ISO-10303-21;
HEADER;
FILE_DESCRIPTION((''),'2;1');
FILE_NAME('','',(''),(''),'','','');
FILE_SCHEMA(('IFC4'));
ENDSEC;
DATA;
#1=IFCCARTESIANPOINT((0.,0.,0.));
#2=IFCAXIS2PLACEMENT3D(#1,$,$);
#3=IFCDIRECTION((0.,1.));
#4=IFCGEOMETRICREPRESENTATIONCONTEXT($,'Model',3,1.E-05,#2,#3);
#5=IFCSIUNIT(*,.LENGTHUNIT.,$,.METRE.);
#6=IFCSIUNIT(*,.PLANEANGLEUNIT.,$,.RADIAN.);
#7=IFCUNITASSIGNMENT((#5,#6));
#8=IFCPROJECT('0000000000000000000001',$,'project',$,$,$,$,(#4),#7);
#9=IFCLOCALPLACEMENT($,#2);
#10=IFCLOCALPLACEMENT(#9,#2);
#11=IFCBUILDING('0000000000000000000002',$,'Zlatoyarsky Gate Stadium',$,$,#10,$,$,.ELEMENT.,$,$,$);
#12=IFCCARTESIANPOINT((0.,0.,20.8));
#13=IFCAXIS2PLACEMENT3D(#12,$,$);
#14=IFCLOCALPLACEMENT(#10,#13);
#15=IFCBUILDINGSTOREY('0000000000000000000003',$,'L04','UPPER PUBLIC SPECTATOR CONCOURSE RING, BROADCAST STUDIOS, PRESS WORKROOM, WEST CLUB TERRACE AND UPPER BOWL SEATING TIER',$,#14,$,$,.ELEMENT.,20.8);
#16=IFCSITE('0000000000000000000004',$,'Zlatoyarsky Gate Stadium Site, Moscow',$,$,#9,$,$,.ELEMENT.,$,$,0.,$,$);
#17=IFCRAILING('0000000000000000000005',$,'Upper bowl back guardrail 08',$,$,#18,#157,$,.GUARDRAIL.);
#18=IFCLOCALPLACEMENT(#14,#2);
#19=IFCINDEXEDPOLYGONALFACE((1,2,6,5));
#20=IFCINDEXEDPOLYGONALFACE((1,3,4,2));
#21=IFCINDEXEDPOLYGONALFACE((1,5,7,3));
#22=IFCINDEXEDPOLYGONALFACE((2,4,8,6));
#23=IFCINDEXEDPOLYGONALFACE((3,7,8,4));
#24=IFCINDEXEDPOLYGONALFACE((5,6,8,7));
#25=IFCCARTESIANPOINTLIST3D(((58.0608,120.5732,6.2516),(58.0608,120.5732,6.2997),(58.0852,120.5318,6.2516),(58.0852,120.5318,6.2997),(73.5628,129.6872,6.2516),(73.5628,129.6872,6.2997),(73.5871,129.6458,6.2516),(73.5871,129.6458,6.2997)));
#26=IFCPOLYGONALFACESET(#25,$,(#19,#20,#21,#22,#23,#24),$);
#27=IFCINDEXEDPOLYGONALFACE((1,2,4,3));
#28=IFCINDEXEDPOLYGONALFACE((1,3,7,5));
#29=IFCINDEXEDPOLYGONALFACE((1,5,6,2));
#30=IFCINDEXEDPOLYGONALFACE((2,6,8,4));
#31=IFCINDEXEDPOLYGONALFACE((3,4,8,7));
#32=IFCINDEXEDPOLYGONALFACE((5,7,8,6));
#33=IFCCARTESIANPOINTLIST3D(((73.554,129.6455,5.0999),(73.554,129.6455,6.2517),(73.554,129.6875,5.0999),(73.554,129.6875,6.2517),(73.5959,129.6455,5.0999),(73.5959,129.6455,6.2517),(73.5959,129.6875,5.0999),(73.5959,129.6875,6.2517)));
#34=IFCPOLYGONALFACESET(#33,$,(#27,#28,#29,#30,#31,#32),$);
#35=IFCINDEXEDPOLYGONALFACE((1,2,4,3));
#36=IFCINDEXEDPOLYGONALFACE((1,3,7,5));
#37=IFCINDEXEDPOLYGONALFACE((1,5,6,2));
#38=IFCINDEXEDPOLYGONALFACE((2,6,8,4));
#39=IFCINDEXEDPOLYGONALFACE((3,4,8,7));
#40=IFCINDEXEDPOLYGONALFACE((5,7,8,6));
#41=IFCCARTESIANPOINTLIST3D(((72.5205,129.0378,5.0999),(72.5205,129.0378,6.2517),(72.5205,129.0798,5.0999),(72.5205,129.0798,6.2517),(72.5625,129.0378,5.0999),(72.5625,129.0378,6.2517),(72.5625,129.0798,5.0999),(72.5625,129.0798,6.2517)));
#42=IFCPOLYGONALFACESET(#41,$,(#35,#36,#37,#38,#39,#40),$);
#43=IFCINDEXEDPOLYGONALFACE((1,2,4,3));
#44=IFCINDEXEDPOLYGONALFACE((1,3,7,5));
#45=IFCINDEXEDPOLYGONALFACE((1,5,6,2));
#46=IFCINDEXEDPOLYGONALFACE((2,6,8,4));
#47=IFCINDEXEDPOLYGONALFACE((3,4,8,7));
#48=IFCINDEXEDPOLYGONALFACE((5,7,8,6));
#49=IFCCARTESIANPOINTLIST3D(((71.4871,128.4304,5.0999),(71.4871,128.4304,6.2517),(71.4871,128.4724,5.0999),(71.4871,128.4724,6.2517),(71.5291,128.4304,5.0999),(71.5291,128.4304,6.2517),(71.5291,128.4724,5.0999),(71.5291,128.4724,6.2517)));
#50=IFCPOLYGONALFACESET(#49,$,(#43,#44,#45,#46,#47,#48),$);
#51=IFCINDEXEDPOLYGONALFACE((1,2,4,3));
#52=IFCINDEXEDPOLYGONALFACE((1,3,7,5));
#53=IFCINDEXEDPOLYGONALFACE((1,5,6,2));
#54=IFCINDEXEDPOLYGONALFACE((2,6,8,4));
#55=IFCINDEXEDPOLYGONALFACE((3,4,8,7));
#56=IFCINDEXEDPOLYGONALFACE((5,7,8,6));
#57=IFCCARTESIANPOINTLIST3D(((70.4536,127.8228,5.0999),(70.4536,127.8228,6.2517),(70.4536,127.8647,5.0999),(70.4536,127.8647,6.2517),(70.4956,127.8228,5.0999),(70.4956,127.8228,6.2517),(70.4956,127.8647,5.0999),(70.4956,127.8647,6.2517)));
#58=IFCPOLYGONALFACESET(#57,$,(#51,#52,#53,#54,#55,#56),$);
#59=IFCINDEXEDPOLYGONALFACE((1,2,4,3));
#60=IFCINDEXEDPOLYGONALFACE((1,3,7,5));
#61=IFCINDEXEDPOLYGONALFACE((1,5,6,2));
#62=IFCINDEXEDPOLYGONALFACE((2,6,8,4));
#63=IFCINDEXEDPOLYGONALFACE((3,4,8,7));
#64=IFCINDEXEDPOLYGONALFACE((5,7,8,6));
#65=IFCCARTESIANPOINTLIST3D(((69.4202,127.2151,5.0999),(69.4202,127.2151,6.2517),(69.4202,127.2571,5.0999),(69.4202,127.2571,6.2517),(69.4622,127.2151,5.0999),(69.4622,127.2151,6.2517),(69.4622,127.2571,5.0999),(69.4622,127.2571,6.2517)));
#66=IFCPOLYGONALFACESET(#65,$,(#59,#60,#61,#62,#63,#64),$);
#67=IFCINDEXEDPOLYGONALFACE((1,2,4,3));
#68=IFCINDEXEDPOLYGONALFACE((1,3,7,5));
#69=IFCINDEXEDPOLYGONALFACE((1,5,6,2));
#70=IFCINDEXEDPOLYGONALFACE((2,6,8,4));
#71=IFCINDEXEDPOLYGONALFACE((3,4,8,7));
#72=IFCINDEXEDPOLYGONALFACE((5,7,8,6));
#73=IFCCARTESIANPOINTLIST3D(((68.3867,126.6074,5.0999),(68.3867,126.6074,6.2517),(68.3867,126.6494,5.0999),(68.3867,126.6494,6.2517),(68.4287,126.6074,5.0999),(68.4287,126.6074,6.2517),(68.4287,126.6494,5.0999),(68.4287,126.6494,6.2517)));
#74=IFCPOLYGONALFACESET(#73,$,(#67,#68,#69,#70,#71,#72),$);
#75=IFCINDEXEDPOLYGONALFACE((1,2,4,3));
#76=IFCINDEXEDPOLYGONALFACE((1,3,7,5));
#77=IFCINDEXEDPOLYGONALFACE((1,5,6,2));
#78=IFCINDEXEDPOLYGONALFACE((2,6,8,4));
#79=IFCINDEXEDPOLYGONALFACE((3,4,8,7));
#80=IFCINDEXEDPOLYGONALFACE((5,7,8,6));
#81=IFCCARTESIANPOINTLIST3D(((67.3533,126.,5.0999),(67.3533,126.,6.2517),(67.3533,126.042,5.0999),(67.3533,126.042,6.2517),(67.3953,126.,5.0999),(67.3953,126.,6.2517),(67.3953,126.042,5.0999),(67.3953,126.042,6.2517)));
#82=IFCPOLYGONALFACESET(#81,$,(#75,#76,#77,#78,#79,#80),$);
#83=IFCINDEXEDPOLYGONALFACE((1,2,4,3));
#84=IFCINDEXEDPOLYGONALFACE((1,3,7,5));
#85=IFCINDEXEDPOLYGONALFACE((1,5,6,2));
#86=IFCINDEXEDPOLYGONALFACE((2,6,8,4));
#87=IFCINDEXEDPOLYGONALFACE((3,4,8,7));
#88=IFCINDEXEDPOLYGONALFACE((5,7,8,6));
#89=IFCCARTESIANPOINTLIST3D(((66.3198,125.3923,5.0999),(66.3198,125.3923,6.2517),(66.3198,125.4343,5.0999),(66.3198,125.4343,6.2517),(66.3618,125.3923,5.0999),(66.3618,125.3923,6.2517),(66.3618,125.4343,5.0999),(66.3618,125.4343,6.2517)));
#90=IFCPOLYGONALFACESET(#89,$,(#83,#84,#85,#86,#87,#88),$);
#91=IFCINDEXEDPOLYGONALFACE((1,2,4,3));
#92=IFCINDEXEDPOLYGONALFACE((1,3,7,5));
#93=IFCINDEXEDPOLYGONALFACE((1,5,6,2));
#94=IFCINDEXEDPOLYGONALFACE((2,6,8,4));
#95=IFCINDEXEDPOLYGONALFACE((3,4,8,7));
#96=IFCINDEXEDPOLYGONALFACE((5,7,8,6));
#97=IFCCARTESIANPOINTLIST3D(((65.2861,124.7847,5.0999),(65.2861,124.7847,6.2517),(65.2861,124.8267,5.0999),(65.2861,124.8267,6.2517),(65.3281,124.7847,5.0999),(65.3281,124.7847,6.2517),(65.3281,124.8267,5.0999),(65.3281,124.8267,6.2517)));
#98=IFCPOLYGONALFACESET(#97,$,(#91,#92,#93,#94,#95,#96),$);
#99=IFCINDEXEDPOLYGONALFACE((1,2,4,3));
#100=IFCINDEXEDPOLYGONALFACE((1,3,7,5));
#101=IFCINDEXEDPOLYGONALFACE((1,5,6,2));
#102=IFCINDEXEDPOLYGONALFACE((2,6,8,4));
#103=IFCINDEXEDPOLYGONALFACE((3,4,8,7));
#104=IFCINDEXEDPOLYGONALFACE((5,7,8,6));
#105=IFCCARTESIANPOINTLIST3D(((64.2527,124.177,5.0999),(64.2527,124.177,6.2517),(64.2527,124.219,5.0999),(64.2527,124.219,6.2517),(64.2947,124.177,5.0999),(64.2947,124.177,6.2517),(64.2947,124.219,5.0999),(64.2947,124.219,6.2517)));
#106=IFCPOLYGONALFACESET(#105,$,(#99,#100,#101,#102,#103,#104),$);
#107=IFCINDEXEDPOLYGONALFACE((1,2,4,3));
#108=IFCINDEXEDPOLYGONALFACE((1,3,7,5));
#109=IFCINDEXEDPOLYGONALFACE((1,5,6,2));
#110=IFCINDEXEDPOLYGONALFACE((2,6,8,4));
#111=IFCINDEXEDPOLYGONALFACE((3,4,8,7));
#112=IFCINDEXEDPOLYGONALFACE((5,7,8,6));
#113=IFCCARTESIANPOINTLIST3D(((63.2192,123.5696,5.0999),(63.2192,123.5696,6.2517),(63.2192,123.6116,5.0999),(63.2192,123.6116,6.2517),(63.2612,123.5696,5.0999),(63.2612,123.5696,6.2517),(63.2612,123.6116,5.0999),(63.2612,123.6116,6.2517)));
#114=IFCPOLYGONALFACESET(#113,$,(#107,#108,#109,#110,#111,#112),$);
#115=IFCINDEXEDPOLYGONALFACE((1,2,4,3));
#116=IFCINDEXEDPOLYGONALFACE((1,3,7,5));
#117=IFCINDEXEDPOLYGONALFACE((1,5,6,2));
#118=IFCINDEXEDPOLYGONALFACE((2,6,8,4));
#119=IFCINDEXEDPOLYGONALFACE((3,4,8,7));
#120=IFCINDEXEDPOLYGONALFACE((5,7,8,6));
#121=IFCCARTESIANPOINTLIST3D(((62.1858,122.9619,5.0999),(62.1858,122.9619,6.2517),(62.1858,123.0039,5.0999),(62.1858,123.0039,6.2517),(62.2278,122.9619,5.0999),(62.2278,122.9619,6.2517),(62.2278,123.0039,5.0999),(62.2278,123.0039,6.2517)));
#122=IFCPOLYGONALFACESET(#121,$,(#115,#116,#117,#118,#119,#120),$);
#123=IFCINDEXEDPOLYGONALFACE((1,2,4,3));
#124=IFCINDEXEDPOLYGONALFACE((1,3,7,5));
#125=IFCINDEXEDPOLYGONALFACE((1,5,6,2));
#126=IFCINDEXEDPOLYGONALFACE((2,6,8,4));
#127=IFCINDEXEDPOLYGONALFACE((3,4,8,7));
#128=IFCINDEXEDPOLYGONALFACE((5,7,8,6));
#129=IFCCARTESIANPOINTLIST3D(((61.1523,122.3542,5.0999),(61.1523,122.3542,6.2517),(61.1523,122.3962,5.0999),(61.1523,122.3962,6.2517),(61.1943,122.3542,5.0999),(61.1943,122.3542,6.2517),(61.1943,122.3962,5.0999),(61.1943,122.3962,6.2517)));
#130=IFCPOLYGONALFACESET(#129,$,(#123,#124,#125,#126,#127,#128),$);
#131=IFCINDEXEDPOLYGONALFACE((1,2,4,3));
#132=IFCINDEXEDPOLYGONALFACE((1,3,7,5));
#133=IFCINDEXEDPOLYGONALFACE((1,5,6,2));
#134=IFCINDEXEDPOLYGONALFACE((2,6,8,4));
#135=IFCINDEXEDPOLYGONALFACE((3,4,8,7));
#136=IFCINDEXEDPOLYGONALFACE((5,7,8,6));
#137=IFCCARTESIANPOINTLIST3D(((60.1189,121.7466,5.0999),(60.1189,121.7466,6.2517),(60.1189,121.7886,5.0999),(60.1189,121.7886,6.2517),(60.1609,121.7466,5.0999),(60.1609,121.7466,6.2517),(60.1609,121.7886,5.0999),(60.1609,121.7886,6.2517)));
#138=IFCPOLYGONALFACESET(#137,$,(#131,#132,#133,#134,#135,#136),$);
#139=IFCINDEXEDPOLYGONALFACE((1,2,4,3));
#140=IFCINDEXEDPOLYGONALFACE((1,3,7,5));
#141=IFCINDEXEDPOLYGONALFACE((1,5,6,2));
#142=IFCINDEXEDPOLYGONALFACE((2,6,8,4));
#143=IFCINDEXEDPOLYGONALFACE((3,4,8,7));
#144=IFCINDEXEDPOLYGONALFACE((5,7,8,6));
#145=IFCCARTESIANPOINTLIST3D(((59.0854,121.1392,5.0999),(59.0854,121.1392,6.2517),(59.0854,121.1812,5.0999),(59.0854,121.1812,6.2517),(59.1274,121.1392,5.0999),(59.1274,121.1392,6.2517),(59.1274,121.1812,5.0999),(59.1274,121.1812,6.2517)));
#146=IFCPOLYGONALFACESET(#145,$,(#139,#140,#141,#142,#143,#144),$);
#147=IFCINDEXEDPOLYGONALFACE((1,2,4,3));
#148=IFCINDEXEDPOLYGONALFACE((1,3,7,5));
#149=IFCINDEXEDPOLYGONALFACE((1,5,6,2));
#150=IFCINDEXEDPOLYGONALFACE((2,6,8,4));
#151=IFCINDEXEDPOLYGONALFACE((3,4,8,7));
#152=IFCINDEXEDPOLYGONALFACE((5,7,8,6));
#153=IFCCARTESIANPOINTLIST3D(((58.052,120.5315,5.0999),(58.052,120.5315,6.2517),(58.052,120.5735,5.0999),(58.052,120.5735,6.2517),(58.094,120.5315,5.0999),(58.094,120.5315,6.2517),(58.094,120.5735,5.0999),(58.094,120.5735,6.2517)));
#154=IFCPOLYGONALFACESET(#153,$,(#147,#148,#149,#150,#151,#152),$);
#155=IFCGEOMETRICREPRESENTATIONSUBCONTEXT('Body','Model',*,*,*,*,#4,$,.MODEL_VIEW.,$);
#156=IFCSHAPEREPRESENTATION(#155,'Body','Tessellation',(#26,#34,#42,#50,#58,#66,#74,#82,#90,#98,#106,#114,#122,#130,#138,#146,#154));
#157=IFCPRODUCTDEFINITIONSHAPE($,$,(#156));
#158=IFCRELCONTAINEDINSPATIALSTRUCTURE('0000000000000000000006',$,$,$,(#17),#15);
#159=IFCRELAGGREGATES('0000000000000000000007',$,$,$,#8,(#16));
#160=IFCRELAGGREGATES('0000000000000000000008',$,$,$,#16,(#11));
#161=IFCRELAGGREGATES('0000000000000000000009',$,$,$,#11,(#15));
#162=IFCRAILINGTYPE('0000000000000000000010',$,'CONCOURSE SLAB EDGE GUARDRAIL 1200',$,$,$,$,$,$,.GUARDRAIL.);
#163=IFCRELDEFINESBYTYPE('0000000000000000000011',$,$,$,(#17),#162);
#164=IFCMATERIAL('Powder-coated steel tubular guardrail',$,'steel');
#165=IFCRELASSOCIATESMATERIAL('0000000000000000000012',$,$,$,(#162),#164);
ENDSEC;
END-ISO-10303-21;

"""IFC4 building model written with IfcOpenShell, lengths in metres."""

from ifc_helpers import new_model, si_unit, direction, frame, origin, origin_2d, place, context, subcontext, project, spatial, rectangle, extrude, material, type_object, element, save


model = new_model("IFC4")

# Units and contexts
model_context = context("Model", 3, precision=1e-05, world=origin(), true_north=direction((0.0, 1.0)))
body_context = subcontext(model_context, "Body", "Model", "MODEL_VIEW")
ifc_project = project(units=[si_unit("LENGTHUNIT", "METRE"), si_unit("PLANEANGLEUNIT", "RADIAN")], contexts=[model_context])

# Site, building, storey
site_placement = place(None, origin())
site = spatial("IfcSite", under=ifc_project, at=site_placement, Name="Zlatoyarsky Gate Stadium Site, Moscow", CompositionType="ELEMENT", RefElevation=0.0)
building_placement = place(site_placement, origin())
building = spatial("IfcBuilding", under=site, at=building_placement, Name="Zlatoyarsky Gate Stadium", CompositionType="ELEMENT")
storey_placement = place(building_placement, frame((0.0, 0.0, 20.8)))
storey = spatial("IfcBuildingStorey", under=building, at=storey_placement, Name="L04", Description="UPPER PUBLIC SPECTATOR CONCOURSE RING, BROADCAST STUDIOS, PRESS WORKROOM, WEST CLUB TERRACE AND UPPER BOWL SEATING TIER", CompositionType="ELEMENT", Elevation=20.8)

# Railing
ifc_material_1 = material(Name="Powder-coated steel tubular guardrail", Category="steel")
railing_type_1 = type_object("IfcRailingType", Name="CONCOURSE SLAB EDGE GUARDRAIL 1200", PredefinedType="GUARDRAIL", material=ifc_material_1)
railing_1_placement = place(storey_placement, frame((73.575, 129.6665, 5.0999)))
element("IfcRailing", 1, at=railing_1_placement, inside=storey, type_object=railing_type_1, Name="Upper bowl back guardrail 08", PredefinedType="GUARDRAIL", context=body_context, shape_type="SweptSolid", body=[
    extrude(rectangle(XDim=0.0481, YDim=0.0481, at=origin_2d()), frame((0.0, 0.0, 1.1758), z_axis=(-0.86205, -0.506823, 0.0), x_axis=(0.506823, -0.86205, 0.0)), (0.0, 0.0, 1.0), 17.9827),
    extrude(rectangle(XDim=0.042, YDim=0.042, at=origin_2d()), origin(), (0.0, 0.0, 1.0), 1.1519),
    extrude(rectangle(XDim=0.042, YDim=0.042, at=origin_2d()), frame((-1.0334, -0.6077, 0.0)), (0.0, 0.0, 1.0), 1.1519),
    extrude(rectangle(XDim=0.042, YDim=0.042, at=origin_2d()), frame((-2.0669, -1.2151, 0.0)), (0.0, 0.0, 1.0), 1.1519),
    extrude(rectangle(XDim=0.042, YDim=0.042, at=origin_2d()), frame((-3.1003, -1.8228, 0.0)), (0.0, 0.0, 1.0), 1.1519),
    extrude(rectangle(XDim=0.042, YDim=0.042, at=origin_2d()), frame((-4.1338, -2.4304, 0.0)), (0.0, 0.0, 1.0), 1.1519),
    extrude(rectangle(XDim=0.042, YDim=0.042, at=origin_2d()), frame((-5.1672, -3.0381, 0.0)), (0.0, 0.0, 1.0), 1.1519),
    extrude(rectangle(XDim=0.042, YDim=0.042, at=origin_2d()), frame((-6.2007, -3.6455, 0.0)), (0.0, 0.0, 1.0), 1.1519),
    extrude(rectangle(XDim=0.042, YDim=0.042, at=origin_2d()), frame((-7.2341, -4.2532, 0.0)), (0.0, 0.0, 1.0), 1.1519),
    extrude(rectangle(XDim=0.042, YDim=0.042, at=origin_2d()), frame((-8.2678, -4.8608, 0.0)), (0.0, 0.0, 1.0), 1.1519),
    extrude(rectangle(XDim=0.042, YDim=0.042, at=origin_2d()), frame((-9.3013, -5.4685, 0.0)), (0.0, 0.0, 1.0), 1.1519),
    extrude(rectangle(XDim=0.042, YDim=0.042, at=origin_2d()), frame((-10.3347, -6.0759, 0.0)), (0.0, 0.0, 1.0), 1.1519),
    extrude(rectangle(XDim=0.042, YDim=0.042, at=origin_2d()), frame((-11.3682, -6.6836, 0.0)), (0.0, 0.0, 1.0), 1.1519),
    extrude(rectangle(XDim=0.042, YDim=0.042, at=origin_2d()), frame((-12.4016, -7.2913, 0.0)), (0.0, 0.0, 1.0), 1.1519),
    extrude(rectangle(XDim=0.042, YDim=0.042, at=origin_2d()), frame((-13.4351, -7.8989, 0.0)), (0.0, 0.0, 1.0), 1.1519),
    extrude(rectangle(XDim=0.042, YDim=0.042, at=origin_2d()), frame((-14.4685, -8.5063, 0.0)), (0.0, 0.0, 1.0), 1.1519),
    extrude(rectangle(XDim=0.042, YDim=0.042, at=origin_2d()), frame((-15.502, -9.114, 0.0)), (0.0, 0.0, 1.0), 1.1519),
])

save(model, "model.ifc")
